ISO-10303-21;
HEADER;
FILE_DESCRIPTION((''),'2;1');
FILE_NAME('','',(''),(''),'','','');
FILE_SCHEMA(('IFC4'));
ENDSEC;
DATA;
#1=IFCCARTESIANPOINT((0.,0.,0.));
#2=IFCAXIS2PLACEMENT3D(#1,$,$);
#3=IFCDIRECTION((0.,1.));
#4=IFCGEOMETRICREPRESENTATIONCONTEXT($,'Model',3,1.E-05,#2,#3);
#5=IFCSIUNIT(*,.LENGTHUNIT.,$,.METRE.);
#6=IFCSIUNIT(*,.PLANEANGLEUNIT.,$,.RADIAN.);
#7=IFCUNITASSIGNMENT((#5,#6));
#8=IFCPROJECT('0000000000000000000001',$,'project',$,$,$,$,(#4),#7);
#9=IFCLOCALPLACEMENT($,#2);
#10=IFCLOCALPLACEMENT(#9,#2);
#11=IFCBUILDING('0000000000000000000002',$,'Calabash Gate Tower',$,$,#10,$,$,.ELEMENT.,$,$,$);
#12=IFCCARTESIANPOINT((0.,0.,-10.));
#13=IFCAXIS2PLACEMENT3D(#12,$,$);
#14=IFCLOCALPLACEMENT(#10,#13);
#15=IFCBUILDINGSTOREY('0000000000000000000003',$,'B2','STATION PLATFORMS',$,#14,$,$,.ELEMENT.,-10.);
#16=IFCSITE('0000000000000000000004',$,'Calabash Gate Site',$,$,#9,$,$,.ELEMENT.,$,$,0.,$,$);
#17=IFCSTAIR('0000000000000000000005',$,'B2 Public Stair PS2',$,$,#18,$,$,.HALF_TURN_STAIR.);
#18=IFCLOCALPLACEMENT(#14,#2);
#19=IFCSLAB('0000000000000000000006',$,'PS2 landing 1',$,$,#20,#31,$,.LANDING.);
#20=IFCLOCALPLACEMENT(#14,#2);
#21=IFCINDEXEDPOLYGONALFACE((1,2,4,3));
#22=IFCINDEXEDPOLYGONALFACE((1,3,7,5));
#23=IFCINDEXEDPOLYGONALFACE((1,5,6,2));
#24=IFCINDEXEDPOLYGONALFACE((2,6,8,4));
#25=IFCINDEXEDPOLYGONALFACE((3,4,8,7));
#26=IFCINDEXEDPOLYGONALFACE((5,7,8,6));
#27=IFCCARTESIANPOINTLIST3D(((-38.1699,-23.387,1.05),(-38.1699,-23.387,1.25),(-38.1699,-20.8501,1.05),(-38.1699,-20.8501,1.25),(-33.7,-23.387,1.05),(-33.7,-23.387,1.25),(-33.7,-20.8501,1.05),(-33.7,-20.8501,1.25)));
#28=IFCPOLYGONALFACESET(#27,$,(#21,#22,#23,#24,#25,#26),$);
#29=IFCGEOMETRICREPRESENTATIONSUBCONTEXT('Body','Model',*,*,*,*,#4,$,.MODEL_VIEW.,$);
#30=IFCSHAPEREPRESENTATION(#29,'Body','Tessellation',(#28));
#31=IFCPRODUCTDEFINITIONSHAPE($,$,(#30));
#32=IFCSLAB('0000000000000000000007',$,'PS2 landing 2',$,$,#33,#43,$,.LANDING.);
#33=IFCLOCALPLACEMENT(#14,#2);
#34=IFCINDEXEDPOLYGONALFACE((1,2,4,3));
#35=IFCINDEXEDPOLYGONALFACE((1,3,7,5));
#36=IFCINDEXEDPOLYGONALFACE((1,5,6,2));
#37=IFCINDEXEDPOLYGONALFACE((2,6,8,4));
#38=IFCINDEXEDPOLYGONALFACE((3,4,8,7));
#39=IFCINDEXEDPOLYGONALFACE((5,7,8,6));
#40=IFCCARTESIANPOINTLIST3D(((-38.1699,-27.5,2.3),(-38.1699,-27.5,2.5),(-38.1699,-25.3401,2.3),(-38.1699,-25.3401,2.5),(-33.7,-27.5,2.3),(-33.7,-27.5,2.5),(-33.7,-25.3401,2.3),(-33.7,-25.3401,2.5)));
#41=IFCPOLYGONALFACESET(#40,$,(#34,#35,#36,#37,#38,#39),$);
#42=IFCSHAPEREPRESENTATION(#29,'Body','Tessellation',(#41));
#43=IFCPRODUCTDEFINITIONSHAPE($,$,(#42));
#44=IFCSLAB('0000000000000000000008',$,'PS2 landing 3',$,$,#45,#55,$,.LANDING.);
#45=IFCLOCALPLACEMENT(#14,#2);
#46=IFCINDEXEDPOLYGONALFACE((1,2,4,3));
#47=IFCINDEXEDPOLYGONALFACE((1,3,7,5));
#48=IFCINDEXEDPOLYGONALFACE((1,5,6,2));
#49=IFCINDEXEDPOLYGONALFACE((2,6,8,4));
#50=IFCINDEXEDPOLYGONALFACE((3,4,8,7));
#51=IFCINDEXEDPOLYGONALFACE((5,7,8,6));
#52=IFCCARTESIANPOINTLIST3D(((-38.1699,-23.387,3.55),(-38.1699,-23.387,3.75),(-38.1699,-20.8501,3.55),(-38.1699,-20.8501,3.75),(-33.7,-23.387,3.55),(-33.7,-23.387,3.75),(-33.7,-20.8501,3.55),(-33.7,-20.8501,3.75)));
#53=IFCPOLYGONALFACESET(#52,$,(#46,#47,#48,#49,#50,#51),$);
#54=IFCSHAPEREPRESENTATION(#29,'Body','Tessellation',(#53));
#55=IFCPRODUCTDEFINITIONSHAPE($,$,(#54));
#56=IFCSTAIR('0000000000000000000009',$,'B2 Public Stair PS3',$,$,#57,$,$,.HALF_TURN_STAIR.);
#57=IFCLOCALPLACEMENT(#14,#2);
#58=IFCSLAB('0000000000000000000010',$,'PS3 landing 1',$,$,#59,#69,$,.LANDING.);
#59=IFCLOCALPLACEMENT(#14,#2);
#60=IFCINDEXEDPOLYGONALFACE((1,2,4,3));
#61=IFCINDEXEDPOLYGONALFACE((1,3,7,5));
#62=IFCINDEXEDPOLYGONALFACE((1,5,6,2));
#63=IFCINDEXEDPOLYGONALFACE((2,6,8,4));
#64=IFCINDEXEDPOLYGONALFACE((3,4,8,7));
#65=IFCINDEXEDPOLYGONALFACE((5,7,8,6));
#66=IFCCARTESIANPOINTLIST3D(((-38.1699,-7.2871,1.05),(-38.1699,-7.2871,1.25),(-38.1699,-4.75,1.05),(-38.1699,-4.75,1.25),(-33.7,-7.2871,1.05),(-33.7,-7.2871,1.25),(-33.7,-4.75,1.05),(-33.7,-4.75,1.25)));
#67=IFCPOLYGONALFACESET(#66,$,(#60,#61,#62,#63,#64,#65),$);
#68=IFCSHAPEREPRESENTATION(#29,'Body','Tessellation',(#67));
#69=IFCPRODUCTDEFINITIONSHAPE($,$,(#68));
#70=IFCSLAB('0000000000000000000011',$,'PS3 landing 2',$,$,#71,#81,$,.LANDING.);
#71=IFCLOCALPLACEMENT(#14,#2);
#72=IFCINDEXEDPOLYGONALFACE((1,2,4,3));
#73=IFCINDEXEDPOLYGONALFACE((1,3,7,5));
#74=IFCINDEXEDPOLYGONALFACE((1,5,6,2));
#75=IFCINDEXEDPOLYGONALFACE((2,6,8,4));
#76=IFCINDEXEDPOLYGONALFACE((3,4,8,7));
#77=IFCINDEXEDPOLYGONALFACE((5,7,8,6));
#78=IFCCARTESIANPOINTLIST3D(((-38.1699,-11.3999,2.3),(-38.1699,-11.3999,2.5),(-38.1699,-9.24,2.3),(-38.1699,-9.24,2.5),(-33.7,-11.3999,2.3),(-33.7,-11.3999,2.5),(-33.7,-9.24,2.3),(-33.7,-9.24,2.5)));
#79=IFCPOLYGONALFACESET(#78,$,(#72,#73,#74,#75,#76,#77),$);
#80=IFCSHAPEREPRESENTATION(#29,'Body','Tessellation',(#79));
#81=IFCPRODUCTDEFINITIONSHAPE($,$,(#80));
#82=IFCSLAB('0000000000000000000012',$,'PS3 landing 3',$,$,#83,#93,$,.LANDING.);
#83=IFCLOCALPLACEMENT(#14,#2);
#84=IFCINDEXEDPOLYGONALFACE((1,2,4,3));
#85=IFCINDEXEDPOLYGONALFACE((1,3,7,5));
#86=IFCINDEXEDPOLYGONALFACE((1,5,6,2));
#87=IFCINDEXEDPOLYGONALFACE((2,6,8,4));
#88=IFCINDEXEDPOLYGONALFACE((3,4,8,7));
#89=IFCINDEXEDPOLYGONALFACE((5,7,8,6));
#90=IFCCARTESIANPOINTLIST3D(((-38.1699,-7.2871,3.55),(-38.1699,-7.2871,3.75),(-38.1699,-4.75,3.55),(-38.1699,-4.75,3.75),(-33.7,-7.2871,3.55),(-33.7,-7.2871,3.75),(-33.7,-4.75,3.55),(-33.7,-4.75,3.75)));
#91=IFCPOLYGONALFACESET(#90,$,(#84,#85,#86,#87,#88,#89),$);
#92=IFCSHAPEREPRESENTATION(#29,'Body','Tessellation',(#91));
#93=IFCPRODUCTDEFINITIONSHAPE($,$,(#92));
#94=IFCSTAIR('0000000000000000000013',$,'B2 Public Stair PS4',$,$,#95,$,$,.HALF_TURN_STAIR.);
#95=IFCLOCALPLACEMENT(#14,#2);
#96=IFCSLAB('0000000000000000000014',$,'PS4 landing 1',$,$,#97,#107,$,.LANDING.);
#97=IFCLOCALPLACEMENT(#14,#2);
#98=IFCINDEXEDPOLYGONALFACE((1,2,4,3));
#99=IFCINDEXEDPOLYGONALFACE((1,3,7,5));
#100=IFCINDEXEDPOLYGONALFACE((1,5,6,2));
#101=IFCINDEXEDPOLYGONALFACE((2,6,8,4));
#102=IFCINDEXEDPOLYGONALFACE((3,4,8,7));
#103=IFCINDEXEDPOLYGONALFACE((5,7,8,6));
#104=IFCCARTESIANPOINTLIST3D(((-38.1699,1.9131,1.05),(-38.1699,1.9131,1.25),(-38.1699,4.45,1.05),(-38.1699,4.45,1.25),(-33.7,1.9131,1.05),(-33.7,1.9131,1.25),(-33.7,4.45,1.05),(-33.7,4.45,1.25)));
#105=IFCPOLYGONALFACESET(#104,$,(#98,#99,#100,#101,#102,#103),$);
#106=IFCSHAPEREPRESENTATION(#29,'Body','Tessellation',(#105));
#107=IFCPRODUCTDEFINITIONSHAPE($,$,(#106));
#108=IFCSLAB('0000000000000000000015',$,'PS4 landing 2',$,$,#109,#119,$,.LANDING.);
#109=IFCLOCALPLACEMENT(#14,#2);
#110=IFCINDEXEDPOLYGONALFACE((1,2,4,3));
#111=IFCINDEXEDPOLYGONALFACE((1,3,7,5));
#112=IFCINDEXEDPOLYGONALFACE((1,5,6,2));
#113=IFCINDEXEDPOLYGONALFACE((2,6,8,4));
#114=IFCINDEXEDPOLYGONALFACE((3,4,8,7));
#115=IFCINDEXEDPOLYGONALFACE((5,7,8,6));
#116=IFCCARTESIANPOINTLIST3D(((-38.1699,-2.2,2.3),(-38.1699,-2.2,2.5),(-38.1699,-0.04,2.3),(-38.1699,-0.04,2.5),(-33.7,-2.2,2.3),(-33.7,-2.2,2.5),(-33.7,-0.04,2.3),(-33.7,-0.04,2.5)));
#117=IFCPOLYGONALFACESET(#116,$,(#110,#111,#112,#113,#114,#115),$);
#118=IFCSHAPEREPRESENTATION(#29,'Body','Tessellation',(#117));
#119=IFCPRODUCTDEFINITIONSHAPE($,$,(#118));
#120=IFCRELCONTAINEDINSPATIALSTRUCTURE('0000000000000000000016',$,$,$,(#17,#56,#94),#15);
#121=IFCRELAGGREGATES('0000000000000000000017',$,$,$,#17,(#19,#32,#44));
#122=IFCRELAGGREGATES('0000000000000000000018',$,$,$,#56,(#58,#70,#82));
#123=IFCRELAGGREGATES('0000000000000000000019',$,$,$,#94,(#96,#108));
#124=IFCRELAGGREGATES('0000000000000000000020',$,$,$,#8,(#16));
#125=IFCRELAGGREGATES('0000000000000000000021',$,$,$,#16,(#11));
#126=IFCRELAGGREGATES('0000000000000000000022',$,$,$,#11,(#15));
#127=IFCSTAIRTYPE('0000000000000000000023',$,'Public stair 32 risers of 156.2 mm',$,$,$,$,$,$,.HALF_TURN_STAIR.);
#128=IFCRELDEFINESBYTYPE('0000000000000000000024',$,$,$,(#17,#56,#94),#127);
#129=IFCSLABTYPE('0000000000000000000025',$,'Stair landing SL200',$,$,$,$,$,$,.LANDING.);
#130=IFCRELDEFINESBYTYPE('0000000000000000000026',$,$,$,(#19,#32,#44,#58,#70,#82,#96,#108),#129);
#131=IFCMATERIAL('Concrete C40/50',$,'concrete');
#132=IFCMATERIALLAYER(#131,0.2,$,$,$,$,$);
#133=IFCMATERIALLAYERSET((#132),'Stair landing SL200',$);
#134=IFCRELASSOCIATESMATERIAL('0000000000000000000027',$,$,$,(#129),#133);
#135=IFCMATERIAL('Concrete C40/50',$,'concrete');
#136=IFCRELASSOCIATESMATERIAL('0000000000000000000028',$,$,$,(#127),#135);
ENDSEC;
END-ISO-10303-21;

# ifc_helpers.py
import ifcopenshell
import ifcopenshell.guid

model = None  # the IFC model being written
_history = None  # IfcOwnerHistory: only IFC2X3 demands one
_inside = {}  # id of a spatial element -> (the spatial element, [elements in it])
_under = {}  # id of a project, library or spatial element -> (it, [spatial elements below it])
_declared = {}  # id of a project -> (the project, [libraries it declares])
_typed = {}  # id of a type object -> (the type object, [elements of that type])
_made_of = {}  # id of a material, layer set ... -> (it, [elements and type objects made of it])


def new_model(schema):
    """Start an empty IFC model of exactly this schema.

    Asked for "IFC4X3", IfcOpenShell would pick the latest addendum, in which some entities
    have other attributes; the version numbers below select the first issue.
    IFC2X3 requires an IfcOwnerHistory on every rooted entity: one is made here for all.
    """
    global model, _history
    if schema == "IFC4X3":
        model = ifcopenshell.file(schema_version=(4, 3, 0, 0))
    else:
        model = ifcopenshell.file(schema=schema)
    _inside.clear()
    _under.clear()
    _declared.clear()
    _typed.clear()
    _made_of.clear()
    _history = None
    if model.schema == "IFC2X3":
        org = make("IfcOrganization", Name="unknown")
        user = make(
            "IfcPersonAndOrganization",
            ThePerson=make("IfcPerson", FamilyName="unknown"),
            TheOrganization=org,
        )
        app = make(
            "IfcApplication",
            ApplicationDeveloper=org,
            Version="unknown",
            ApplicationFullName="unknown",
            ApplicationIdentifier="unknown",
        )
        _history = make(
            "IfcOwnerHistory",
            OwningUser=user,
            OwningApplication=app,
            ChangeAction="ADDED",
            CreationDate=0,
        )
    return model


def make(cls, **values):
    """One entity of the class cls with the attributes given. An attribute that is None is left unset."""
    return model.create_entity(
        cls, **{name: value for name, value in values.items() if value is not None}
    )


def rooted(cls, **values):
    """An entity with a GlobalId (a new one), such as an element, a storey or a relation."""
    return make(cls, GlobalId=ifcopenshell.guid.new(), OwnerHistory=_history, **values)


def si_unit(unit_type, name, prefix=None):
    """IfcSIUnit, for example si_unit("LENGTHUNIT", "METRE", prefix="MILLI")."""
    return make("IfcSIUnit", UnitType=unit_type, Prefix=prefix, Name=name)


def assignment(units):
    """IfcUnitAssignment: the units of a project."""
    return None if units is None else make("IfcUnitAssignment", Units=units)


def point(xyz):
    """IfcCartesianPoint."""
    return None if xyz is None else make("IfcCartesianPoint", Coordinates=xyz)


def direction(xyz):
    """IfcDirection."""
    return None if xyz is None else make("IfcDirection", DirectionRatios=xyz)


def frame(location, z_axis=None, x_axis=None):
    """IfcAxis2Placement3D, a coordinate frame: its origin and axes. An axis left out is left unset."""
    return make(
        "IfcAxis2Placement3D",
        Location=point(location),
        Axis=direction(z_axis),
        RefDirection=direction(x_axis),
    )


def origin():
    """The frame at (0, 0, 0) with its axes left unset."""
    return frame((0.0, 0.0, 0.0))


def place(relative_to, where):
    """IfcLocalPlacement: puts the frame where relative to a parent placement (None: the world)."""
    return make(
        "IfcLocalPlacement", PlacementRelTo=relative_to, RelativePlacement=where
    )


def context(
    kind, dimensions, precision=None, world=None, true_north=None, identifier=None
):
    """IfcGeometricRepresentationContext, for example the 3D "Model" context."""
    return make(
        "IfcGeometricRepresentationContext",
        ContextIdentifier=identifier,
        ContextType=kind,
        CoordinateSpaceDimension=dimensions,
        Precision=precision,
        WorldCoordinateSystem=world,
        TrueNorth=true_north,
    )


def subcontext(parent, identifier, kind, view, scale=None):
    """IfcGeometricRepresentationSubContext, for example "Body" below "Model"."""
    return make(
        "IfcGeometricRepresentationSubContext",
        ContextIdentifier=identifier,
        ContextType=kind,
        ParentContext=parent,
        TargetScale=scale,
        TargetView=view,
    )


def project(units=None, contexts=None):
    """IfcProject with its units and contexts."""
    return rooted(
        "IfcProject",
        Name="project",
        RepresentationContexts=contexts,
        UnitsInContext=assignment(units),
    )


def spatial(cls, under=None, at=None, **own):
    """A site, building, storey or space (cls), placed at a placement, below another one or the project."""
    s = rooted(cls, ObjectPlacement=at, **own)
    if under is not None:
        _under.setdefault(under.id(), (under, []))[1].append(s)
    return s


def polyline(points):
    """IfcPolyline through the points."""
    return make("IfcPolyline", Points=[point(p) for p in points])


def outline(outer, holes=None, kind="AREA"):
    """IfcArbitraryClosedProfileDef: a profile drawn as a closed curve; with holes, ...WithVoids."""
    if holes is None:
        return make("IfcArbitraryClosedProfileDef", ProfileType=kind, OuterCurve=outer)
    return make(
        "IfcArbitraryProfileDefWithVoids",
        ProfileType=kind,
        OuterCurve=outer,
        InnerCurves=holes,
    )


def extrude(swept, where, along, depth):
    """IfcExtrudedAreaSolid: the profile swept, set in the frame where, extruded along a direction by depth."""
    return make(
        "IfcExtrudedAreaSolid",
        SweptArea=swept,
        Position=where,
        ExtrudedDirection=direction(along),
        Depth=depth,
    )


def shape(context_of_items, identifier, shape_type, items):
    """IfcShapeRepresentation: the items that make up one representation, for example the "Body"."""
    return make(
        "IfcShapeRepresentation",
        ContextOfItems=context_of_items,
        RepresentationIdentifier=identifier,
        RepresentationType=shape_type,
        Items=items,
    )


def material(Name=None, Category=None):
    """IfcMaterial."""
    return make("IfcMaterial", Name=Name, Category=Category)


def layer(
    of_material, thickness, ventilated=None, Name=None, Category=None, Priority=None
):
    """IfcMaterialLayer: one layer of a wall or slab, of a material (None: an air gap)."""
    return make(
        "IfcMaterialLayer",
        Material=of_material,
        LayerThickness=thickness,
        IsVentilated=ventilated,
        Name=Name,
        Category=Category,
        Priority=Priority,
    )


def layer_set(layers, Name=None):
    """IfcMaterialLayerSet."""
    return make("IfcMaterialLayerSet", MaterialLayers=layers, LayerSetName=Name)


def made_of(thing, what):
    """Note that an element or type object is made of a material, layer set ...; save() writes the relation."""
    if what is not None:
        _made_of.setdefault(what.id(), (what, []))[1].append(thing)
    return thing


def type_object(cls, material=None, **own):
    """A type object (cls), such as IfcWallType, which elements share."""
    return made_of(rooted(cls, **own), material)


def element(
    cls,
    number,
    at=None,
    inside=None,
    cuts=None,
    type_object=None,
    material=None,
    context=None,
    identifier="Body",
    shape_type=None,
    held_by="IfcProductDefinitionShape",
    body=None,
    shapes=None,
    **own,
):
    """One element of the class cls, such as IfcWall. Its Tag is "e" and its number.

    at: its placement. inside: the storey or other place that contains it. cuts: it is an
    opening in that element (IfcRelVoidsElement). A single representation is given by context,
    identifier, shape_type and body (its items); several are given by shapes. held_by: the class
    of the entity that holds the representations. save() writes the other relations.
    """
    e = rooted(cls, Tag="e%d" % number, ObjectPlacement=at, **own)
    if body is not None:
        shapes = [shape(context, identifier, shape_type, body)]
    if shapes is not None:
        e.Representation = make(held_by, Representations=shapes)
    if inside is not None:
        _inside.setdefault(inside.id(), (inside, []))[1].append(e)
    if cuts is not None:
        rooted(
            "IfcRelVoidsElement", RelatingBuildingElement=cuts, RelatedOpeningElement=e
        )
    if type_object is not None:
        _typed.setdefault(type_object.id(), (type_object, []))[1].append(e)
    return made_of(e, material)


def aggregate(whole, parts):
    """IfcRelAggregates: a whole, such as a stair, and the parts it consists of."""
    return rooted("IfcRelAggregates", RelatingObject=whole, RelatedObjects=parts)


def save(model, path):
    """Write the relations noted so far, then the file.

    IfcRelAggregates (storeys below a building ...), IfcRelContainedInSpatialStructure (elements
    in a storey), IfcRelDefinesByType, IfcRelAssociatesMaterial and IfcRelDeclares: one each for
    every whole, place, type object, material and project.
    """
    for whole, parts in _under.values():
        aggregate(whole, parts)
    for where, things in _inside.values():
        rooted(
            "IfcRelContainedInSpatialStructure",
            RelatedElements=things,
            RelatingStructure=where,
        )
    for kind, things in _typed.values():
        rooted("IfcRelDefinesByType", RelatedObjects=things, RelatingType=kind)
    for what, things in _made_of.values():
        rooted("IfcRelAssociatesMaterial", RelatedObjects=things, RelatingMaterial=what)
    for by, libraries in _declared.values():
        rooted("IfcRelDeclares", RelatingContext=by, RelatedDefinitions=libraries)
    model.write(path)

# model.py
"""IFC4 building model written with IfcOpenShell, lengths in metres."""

from ifc_helpers import new_model, si_unit, direction, frame, origin, place, context, subcontext, project, spatial, polyline, outline, extrude, material, layer, layer_set, type_object, element, aggregate, save


model = new_model("IFC4")

# Units and contexts
model_context = context("Model", 3, precision=1e-05, world=origin(), true_north=direction((0.0, 1.0)))
body_context = subcontext(model_context, "Body", "Model", "MODEL_VIEW")
ifc_project = project(units=[si_unit("LENGTHUNIT", "METRE"), si_unit("PLANEANGLEUNIT", "RADIAN")], contexts=[model_context])

# Site, building, storey
site_placement = place(None, origin())
site = spatial("IfcSite", under=ifc_project, at=site_placement, Name="Calabash Gate Site", CompositionType="ELEMENT", RefElevation=0.0)
building_placement = place(site_placement, origin())
building = spatial("IfcBuilding", under=site, at=building_placement, Name="Calabash Gate Tower", CompositionType="ELEMENT")
storey_placement = place(building_placement, frame((0.0, 0.0, -10.0)))
storey = spatial("IfcBuildingStorey", under=building, at=storey_placement, Name="B2", Description="STATION PLATFORMS", CompositionType="ELEMENT", Elevation=-10.0)

# Stairs, slabs
ifc_material_1 = material(Name="Concrete C40/50", Category="concrete")
ifc_layer = layer(ifc_material_1, 0.2)
ifc_layer_set = layer_set([ifc_layer], Name="Stair landing SL200")
slab_type = type_object("IfcSlabType", Name="Stair landing SL200", PredefinedType="LANDING", material=ifc_layer_set)
ifc_material_2 = material(Name="Concrete C40/50", Category="concrete")
stair_type_1 = type_object("IfcStairType", Name="Public stair 32 risers of 156.2 mm", PredefinedType="HALF_TURN_STAIR", material=ifc_material_2)
stair_1_placement = place(storey_placement, origin())
stair_1 = element("IfcStair", 1, at=stair_1_placement, inside=storey, type_object=stair_type_1, Name="B2 Public Stair PS2", PredefinedType="HALF_TURN_STAIR")
slab_1_placement = place(storey_placement, frame((0.0, 0.0, 1.05)))
slab_1 = element("IfcSlab", 2, at=slab_1_placement, type_object=slab_type, Name="PS2 landing 1", PredefinedType="LANDING", context=body_context, shape_type="SweptSolid", body=[
    extrude(outline(polyline([(-33.7, -23.387), (-33.7, -20.8501), (-38.1699, -20.8501), (-38.1699, -23.387), (-33.7, -23.387)])), origin(), (0.0, 0.0, 1.0), 0.2),
])
slab_2_placement = place(storey_placement, frame((0.0, 0.0, 2.3)))
slab_2 = element("IfcSlab", 3, at=slab_2_placement, type_object=slab_type, Name="PS2 landing 2", PredefinedType="LANDING", context=body_context, shape_type="SweptSolid", body=[
    extrude(outline(polyline([(-33.7, -27.5), (-33.7, -25.3401), (-38.1699, -25.3401), (-38.1699, -27.5), (-33.7, -27.5)])), origin(), (0.0, 0.0, 1.0), 0.2),
])
slab_3_placement = place(storey_placement, frame((0.0, 0.0, 3.55)))
slab_3 = element("IfcSlab", 4, at=slab_3_placement, type_object=slab_type, Name="PS2 landing 3", PredefinedType="LANDING", context=body_context, shape_type="SweptSolid", body=[
    extrude(outline(polyline([(-33.7, -23.387), (-33.7, -20.8501), (-38.1699, -20.8501), (-38.1699, -23.387), (-33.7, -23.387)])), origin(), (0.0, 0.0, 1.0), 0.2),
])
aggregate(stair_1, [slab_1, slab_2, slab_3])
stair_2_placement = place(storey_placement, origin())
stair_2 = element("IfcStair", 5, at=stair_2_placement, inside=storey, type_object=stair_type_1, Name="B2 Public Stair PS3", PredefinedType="HALF_TURN_STAIR")
slab_4_placement = place(storey_placement, frame((0.0, 0.0, 1.05)))
slab_4 = element("IfcSlab", 6, at=slab_4_placement, type_object=slab_type, Name="PS3 landing 1", PredefinedType="LANDING", context=body_context, shape_type="SweptSolid", body=[
    extrude(outline(polyline([(-33.7, -7.2871), (-33.7, -4.75), (-38.1699, -4.75), (-38.1699, -7.2871), (-33.7, -7.2871)])), origin(), (0.0, 0.0, 1.0), 0.2),
])
slab_5_placement = place(storey_placement, frame((0.0, 0.0, 2.3)))
slab_5 = element("IfcSlab", 7, at=slab_5_placement, type_object=slab_type, Name="PS3 landing 2", PredefinedType="LANDING", context=body_context, shape_type="SweptSolid", body=[
    extrude(outline(polyline([(-33.7, -11.3999), (-33.7, -9.24), (-38.1699, -9.24), (-38.1699, -11.3999), (-33.7, -11.3999)])), origin(), (0.0, 0.0, 1.0), 0.2),
])
slab_6_placement = place(storey_placement, frame((0.0, 0.0, 3.55)))
slab_6 = element("IfcSlab", 8, at=slab_6_placement, type_object=slab_type, Name="PS3 landing 3", PredefinedType="LANDING", context=body_context, shape_type="SweptSolid", body=[
    extrude(outline(polyline([(-33.7, -7.2871), (-33.7, -4.75), (-38.1699, -4.75), (-38.1699, -7.2871), (-33.7, -7.2871)])), origin(), (0.0, 0.0, 1.0), 0.2),
])
aggregate(stair_2, [slab_4, slab_5, slab_6])
stair_3_placement = place(storey_placement, origin())
stair_3 = element("IfcStair", 9, at=stair_3_placement, inside=storey, type_object=stair_type_1, Name="B2 Public Stair PS4", PredefinedType="HALF_TURN_STAIR")
slab_7_placement = place(storey_placement, frame((0.0, 0.0, 1.05)))
slab_7 = element("IfcSlab", 10, at=slab_7_placement, type_object=slab_type, Name="PS4 landing 1", PredefinedType="LANDING", context=body_context, shape_type="SweptSolid", body=[
    extrude(outline(polyline([(-33.7, 1.9131), (-33.7, 4.45), (-38.1699, 4.45), (-38.1699, 1.9131), (-33.7, 1.9131)])), origin(), (0.0, 0.0, 1.0), 0.2),
])
slab_8_placement = place(storey_placement, frame((0.0, 0.0, 2.3)))
slab_8 = element("IfcSlab", 11, at=slab_8_placement, type_object=slab_type, Name="PS4 landing 2", PredefinedType="LANDING", context=body_context, shape_type="SweptSolid", body=[
    extrude(outline(polyline([(-33.7, -2.2), (-33.7, -0.04), (-38.1699, -0.04), (-38.1699, -2.2), (-33.7, -2.2)])), origin(), (0.0, 0.0, 1.0), 0.2),
])
aggregate(stair_3, [slab_7, slab_8])

save(model, "model.ifc")
